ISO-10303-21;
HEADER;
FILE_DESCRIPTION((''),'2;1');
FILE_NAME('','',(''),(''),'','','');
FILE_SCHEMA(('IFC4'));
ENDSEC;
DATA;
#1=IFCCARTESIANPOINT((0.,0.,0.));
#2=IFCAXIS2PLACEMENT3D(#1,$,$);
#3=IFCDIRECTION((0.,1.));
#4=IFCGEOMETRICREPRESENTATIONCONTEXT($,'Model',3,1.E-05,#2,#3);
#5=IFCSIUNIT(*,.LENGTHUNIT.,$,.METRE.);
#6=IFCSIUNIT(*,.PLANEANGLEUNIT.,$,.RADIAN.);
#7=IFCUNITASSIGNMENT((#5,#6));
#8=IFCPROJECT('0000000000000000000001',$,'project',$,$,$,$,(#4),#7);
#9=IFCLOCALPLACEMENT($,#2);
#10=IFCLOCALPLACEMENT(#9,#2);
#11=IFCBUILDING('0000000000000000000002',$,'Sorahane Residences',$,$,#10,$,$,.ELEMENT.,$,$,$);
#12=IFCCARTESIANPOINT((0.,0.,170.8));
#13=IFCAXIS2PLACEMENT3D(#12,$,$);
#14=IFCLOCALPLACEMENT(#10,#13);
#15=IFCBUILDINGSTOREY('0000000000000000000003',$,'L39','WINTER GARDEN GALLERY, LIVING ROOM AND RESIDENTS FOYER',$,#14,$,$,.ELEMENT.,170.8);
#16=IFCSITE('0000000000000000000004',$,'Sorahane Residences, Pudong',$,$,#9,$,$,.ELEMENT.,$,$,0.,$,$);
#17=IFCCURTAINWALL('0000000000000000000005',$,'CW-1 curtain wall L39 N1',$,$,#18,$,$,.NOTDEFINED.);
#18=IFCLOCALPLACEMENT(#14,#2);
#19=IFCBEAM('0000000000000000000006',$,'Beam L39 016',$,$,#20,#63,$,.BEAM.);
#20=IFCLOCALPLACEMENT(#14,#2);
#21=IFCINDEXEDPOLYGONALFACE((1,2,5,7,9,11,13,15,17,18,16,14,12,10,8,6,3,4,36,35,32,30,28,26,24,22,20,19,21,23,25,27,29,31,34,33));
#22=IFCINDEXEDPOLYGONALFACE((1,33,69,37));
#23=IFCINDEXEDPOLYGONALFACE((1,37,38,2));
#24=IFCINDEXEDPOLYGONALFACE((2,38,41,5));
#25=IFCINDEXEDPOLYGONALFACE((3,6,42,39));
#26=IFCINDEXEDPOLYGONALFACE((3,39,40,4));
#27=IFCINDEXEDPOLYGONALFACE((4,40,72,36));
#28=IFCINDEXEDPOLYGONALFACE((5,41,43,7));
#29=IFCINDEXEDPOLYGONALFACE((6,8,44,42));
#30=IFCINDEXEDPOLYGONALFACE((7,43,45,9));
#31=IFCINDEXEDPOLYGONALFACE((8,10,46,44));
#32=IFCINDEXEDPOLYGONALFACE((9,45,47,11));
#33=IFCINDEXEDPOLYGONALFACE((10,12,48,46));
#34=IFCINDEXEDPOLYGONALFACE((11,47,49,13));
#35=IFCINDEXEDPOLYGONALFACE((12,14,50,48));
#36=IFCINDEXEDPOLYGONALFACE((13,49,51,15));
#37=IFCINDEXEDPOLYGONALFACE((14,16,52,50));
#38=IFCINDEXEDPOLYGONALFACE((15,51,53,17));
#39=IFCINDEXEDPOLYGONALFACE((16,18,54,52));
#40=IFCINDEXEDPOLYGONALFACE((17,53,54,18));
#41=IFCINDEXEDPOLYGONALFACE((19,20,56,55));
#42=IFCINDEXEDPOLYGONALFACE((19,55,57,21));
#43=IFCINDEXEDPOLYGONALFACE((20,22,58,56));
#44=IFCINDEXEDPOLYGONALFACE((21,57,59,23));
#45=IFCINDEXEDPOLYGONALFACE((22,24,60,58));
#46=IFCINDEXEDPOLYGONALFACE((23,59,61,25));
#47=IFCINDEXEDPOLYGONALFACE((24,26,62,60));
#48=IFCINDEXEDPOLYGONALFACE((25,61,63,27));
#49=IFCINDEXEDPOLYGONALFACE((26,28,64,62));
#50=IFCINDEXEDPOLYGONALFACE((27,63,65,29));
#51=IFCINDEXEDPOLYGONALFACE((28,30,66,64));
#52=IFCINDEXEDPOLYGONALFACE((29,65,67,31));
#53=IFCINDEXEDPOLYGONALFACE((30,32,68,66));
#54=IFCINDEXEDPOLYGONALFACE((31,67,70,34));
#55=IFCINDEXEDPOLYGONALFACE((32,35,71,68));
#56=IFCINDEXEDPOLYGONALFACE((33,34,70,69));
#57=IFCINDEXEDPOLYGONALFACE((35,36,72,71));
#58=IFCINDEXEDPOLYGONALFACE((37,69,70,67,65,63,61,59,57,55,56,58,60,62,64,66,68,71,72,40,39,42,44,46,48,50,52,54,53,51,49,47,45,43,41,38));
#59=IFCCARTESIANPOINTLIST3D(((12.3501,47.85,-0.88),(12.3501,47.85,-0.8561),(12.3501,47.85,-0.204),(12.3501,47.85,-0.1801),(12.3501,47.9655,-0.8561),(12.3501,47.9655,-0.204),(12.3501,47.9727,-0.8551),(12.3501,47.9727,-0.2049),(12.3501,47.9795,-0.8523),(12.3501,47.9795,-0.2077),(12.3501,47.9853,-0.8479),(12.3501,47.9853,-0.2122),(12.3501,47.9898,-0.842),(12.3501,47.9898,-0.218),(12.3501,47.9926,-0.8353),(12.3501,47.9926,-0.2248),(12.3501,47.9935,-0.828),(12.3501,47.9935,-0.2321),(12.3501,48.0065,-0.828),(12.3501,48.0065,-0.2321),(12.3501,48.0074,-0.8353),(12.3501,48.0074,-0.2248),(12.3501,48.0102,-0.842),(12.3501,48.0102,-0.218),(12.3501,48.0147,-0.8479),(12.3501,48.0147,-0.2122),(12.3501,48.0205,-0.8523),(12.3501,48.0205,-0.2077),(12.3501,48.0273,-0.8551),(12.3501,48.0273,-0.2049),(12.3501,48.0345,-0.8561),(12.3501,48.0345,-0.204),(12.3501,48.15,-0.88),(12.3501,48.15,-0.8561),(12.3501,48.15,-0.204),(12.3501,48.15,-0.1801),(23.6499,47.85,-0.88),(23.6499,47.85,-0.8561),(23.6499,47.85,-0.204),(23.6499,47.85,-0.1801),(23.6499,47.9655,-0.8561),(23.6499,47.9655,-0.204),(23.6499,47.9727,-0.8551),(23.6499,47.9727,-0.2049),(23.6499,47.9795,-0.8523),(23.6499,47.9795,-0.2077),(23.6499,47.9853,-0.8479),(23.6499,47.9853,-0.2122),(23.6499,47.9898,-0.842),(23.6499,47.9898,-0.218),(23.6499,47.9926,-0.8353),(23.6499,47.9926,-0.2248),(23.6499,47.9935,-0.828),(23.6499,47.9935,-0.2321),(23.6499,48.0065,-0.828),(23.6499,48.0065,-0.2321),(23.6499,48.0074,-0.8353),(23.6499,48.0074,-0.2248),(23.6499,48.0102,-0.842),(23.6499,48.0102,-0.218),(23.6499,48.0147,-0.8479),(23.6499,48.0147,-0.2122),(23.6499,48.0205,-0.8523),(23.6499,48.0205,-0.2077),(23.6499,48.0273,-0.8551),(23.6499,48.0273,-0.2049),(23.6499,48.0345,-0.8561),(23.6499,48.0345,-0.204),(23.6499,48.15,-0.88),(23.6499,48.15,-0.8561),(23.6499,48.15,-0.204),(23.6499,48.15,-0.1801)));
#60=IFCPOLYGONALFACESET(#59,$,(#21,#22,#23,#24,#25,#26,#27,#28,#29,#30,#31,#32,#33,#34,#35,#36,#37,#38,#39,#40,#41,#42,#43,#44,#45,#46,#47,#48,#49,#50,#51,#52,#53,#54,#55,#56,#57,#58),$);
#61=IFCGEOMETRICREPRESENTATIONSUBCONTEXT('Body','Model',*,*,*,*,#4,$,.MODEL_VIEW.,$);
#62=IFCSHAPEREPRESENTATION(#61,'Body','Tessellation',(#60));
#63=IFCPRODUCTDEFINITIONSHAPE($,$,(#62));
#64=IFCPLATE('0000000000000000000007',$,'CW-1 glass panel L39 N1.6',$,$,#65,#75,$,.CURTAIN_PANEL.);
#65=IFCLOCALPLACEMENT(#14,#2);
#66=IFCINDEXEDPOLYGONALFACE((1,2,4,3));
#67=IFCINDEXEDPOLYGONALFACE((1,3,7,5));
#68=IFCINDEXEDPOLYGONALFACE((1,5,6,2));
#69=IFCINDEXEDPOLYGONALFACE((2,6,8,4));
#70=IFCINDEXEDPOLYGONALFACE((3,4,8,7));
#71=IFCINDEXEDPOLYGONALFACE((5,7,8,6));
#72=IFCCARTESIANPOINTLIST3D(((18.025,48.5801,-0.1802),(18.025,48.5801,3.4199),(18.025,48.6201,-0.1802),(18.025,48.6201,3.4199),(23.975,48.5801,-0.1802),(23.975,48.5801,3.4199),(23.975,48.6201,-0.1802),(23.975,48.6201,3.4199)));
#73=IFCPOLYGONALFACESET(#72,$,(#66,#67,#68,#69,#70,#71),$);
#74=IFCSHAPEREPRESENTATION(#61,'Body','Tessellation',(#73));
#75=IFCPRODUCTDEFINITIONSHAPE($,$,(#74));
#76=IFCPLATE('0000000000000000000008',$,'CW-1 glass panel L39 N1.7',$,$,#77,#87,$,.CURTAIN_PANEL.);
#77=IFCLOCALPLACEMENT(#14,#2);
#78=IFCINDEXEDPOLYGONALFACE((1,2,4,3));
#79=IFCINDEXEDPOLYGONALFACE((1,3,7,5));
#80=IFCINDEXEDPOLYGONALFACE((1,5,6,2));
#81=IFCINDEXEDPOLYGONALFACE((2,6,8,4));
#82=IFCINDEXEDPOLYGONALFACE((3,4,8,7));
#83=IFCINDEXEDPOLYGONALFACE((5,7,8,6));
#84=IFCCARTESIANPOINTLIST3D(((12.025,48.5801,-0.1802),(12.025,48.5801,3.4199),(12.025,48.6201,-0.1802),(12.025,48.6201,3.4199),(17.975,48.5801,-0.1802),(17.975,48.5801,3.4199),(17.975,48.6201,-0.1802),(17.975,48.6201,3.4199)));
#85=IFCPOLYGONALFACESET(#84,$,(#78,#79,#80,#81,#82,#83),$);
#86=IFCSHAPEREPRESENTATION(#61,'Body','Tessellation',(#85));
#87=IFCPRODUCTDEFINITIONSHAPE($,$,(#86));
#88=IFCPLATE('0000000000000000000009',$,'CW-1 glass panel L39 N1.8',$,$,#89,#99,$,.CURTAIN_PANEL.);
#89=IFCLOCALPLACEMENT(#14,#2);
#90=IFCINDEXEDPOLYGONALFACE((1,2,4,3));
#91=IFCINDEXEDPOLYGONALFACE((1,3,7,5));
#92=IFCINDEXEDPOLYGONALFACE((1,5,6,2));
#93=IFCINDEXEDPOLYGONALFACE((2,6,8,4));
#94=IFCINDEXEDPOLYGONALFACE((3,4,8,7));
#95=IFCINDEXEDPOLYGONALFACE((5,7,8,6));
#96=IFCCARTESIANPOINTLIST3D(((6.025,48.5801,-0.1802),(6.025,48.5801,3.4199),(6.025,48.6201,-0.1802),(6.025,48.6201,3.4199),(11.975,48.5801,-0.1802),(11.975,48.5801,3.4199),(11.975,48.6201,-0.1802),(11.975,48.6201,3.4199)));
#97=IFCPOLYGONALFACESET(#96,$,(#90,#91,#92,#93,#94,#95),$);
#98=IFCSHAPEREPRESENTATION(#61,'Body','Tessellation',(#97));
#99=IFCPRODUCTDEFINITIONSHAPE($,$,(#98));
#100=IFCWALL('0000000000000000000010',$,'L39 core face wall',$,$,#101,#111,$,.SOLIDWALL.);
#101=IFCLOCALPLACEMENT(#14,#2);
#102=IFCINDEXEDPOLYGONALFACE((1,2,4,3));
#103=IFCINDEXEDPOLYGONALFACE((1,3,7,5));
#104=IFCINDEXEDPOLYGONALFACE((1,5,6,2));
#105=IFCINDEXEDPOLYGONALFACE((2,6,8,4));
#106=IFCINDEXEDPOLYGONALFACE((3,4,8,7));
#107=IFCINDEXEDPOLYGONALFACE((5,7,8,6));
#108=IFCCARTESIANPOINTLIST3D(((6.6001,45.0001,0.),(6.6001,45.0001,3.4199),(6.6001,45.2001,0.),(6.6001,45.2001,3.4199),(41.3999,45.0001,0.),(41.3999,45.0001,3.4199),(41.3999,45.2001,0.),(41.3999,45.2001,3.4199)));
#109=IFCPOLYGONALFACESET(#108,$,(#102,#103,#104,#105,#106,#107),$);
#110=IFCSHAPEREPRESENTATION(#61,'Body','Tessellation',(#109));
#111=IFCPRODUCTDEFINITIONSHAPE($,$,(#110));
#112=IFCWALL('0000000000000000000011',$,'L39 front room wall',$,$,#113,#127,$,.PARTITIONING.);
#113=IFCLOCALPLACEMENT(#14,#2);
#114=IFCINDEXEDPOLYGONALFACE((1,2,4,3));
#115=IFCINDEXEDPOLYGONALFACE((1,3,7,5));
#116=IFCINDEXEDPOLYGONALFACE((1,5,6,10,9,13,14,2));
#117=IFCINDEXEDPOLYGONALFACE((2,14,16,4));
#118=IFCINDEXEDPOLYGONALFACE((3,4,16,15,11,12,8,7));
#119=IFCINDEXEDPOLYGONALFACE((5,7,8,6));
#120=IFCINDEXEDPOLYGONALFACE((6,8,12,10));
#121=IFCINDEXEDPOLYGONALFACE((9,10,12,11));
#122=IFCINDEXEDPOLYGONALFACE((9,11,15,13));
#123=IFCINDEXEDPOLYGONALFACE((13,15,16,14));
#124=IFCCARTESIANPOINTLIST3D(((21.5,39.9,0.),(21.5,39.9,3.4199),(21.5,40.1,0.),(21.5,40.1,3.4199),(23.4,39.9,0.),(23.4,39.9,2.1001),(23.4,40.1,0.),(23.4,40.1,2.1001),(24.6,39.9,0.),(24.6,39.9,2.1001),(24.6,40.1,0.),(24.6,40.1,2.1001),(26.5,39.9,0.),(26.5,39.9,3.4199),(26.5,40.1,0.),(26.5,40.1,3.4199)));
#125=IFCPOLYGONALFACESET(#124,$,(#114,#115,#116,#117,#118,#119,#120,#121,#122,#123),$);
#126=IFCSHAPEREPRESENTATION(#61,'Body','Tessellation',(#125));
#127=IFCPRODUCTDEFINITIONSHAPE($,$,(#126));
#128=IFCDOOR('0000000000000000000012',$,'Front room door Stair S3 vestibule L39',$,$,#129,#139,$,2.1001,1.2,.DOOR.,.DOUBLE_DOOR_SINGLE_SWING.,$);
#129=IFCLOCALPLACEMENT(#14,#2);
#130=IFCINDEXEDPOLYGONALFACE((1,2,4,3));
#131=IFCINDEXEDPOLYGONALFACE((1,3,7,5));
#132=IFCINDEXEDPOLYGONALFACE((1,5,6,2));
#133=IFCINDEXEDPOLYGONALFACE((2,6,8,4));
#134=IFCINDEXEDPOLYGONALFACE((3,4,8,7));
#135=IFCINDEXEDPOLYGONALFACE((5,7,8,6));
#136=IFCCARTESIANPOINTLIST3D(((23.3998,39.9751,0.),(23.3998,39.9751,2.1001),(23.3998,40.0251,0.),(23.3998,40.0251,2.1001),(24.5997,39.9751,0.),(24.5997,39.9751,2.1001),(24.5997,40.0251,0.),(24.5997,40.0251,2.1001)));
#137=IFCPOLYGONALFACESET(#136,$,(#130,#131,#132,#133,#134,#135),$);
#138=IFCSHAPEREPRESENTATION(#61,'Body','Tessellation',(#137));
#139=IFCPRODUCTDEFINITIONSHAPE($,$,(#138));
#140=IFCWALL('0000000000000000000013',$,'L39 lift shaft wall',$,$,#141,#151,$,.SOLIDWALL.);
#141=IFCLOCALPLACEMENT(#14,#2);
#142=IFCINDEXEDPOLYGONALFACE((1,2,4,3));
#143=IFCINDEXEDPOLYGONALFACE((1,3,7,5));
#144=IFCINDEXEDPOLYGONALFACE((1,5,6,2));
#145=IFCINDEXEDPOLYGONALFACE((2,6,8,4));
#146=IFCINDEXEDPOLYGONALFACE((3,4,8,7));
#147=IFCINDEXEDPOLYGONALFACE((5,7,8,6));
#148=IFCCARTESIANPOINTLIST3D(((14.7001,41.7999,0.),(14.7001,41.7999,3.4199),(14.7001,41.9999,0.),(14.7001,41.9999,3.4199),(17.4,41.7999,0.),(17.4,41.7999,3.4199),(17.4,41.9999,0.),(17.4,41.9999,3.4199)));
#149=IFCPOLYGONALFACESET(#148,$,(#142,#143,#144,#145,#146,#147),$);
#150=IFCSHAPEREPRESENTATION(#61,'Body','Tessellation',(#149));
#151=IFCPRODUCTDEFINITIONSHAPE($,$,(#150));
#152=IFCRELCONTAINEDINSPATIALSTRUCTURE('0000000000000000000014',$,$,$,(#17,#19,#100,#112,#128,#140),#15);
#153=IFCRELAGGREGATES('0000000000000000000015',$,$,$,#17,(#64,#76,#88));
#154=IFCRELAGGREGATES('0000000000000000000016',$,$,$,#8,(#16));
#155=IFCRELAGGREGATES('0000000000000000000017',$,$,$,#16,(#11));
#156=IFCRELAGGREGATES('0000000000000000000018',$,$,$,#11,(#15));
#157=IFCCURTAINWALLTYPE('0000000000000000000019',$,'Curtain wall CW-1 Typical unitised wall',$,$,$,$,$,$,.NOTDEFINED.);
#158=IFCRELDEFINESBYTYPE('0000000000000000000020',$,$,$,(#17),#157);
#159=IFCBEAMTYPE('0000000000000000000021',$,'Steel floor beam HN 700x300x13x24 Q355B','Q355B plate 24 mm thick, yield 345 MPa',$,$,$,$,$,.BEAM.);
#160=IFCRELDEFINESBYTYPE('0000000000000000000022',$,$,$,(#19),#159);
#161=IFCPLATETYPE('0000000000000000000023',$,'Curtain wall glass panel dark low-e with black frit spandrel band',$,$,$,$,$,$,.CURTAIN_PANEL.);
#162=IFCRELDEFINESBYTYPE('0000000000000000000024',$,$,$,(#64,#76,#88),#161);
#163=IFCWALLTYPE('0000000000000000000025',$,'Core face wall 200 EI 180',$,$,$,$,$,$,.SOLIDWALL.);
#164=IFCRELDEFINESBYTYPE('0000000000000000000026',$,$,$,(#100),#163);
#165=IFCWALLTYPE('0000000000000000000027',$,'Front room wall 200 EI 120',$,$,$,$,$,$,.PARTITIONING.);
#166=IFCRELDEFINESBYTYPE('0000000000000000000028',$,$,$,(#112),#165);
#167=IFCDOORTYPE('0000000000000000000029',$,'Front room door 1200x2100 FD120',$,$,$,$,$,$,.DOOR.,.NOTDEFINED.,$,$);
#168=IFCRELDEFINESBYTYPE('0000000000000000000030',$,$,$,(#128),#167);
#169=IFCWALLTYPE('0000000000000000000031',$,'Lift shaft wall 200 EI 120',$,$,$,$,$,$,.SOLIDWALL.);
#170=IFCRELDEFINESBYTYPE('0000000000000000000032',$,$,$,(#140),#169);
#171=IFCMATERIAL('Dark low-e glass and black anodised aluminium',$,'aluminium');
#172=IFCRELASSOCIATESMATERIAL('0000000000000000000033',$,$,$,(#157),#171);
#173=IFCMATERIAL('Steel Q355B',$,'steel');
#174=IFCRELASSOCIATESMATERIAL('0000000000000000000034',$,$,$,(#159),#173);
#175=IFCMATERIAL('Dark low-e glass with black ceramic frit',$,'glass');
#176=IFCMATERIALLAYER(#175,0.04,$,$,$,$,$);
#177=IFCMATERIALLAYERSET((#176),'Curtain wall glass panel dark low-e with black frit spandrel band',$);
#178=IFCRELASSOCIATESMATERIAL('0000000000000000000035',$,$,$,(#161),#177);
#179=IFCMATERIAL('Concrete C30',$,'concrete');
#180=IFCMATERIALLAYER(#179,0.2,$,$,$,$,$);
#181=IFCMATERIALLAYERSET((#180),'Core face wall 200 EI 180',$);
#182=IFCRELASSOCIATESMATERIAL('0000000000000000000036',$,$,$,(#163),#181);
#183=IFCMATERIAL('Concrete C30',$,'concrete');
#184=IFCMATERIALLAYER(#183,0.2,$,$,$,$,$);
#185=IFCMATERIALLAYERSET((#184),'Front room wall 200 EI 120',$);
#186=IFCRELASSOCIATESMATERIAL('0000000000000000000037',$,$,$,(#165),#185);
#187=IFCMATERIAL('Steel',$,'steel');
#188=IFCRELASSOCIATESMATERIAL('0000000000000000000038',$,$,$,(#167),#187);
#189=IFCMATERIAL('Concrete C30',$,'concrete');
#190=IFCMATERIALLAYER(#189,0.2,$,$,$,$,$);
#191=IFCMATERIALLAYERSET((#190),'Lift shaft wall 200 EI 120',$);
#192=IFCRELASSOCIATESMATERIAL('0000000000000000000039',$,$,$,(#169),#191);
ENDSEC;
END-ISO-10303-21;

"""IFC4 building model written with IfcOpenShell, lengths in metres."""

from ifc_helpers import new_model, si_unit, direction, frame, frame_2d, origin, origin_2d, place, context, subcontext, project, spatial, rectangle, i_section, extrude, material, layer, layer_set, material_profile, profile_set, type_object, element, fill, aggregate, save


model = new_model("IFC4")

# Units and contexts
model_context = context("Model", 3, precision=1e-05, world=origin(), true_north=direction((0.0, 1.0)))
body_context = subcontext(model_context, "Body", "Model", "MODEL_VIEW")
ifc_project = project(units=[si_unit("LENGTHUNIT", "METRE"), si_unit("PLANEANGLEUNIT", "RADIAN")], contexts=[model_context])

# Site, building, storey
site_placement = place(None, origin())
site = spatial("IfcSite", under=ifc_project, at=site_placement, Name="Sorahane Residences, Pudong", CompositionType="ELEMENT", RefElevation=0.0)
building_placement = place(site_placement, origin())
building = spatial("IfcBuilding", under=site, at=building_placement, Name="Sorahane Residences", CompositionType="ELEMENT")
storey_placement = place(building_placement, frame((0.0, 0.0, 170.8)))
storey = spatial("IfcBuildingStorey", under=building, at=storey_placement, Name="L39", Description="WINTER GARDEN GALLERY, LIVING ROOM AND RESIDENTS FOYER", CompositionType="ELEMENT", Elevation=170.8)

# Curtain wall
ifc_material_1 = material(Name="Dark low-e glass and black anodised aluminium", Category="aluminium")
curtain_wall_type = type_object("IfcCurtainWallType", Name="Curtain wall CW-1 Typical unitised wall", PredefinedType="NOTDEFINED", material=ifc_material_1)
curtain_wall_placement = place(storey_placement, origin())
curtain_wall = element("IfcCurtainWall", 1, at=curtain_wall_placement, inside=storey, type_object=curtain_wall_type, Name="CW-1 curtain wall L39 N1", PredefinedType="NOTDEFINED")

# Beam
ifc_material_2 = material(Name="Steel Q355B", Category="steel")
ifc_material_profile_1 = material_profile(ifc_material_2, i_section(OverallWidth=0.3, OverallDepth=0.7, WebThickness=0.0129, FlangeThickness=0.0239, FilletRadius=0.0281, at=origin_2d()), Name="HN 700x300x13x24")
ifc_profile_set_1 = profile_set([ifc_material_profile_1], Name="Steel Q355B")
beam_type_1 = type_object("IfcBeamType", Name="Steel floor beam HN 700x300x13x24 Q355B", Description="Q355B plate 24 mm thick, yield 345 MPa", PredefinedType="BEAM", material=ifc_profile_set_1)
beam_1_placement = place(storey_placement, frame((12.3501, 48.0, -0.53), z_axis=(1.0, 0.0, 0.0), x_axis=(0.0, 1.0, 0.0)))
element("IfcBeam", 2, at=beam_1_placement, inside=storey, type_object=beam_type_1, Name="Beam L39 016", PredefinedType="BEAM", context=body_context, shape_type="SweptSolid", body=[
    extrude(i_section(OverallWidth=0.3, OverallDepth=0.7, WebThickness=0.0129, FlangeThickness=0.0239, FilletRadius=0.0281, at=origin_2d()), origin(), (0.0, 0.0, 1.0), 11.2998),
])

# Plates
ifc_material_3 = material(Name="Dark low-e glass with black ceramic frit", Category="glass")
ifc_layer_1 = layer(ifc_material_3, 0.04)
ifc_layer_set_1 = layer_set([ifc_layer_1], Name="Curtain wall glass panel dark low-e with black frit spandrel band")
plate_type = type_object("IfcPlateType", Name="Curtain wall glass panel dark low-e with black frit spandrel band", PredefinedType="CURTAIN_PANEL", material=ifc_layer_set_1)
plate_1_placement = place(storey_placement, frame((21.0, 48.6001, -0.1802), z_axis=(0.0, 0.0, 1.0), x_axis=(-1.0, 0.0, 0.0)))
plate_1 = element("IfcPlate", 3, at=plate_1_placement, type_object=plate_type, Name="CW-1 glass panel L39 N1.6", PredefinedType="CURTAIN_PANEL", context=body_context, shape_type="SweptSolid", body=[
    extrude(rectangle(XDim=5.95, YDim=0.04, at=origin_2d()), origin(), (0.0, 0.0, 1.0), 3.6001),
])
plate_2_placement = place(storey_placement, frame((15.0, 48.6001, -0.1802), z_axis=(0.0, 0.0, 1.0), x_axis=(-1.0, 0.0, 0.0)))
plate_2 = element("IfcPlate", 4, at=plate_2_placement, type_object=plate_type, Name="CW-1 glass panel L39 N1.7", PredefinedType="CURTAIN_PANEL", context=body_context, shape_type="SweptSolid", body=[
    extrude(rectangle(XDim=5.95, YDim=0.04, at=origin_2d()), origin(), (0.0, 0.0, 1.0), 3.6001),
])
plate_3_placement = place(storey_placement, frame((9.0, 48.6001, -0.1802), z_axis=(0.0, 0.0, 1.0), x_axis=(-1.0, 0.0, 0.0)))
plate_3 = element("IfcPlate", 5, at=plate_3_placement, type_object=plate_type, Name="CW-1 glass panel L39 N1.8", PredefinedType="CURTAIN_PANEL", context=body_context, shape_type="SweptSolid", body=[
    extrude(rectangle(XDim=5.95, YDim=0.04, at=origin_2d()), origin(), (0.0, 0.0, 1.0), 3.6001),
])
aggregate(curtain_wall, [plate_1, plate_2, plate_3])

# Wall
ifc_material_4 = material(Name="Concrete C30", Category="concrete")
ifc_layer_2 = layer(ifc_material_4, 0.2)
ifc_layer_set_2 = layer_set([ifc_layer_2], Name="Core face wall 200 EI 180")
wall_type_1 = type_object("IfcWallType", Name="Core face wall 200 EI 180", PredefinedType="SOLIDWALL", material=ifc_layer_set_2)
wall_1_placement = place(storey_placement, frame((6.6001, 45.1001, 0.0), z_axis=(0.0, 0.0, 1.0), x_axis=(1.0, 0.0, 0.0)))
element("IfcWall", 6, at=wall_1_placement, inside=storey, type_object=wall_type_1, Name="L39 core face wall", PredefinedType="SOLIDWALL", context=body_context, shape_type="SweptSolid", body=[
    extrude(rectangle(XDim=34.7998, YDim=0.2, at=frame_2d((17.3999, 0.0))), origin(), (0.0, 0.0, 1.0), 3.4199),
])

# Wall, opening, door
ifc_material_5 = material(Name="Concrete C30", Category="concrete")
ifc_layer_3 = layer(ifc_material_5, 0.2)
ifc_layer_set_3 = layer_set([ifc_layer_3], Name="Front room wall 200 EI 120")
wall_type_2 = type_object("IfcWallType", Name="Front room wall 200 EI 120", PredefinedType="PARTITIONING", material=ifc_layer_set_3)
wall_2_placement = place(storey_placement, frame((21.5, 40.0, 0.0), z_axis=(0.0, 0.0, 1.0), x_axis=(1.0, 0.0, 0.0)))
wall_2 = element("IfcWall", 7, at=wall_2_placement, inside=storey, type_object=wall_type_2, Name="L39 front room wall", PredefinedType="PARTITIONING", context=body_context, shape_type="SweptSolid", body=[
    extrude(rectangle(XDim=5.0, YDim=0.2, at=frame_2d((2.5, 0.0))), origin(), (0.0, 0.0, 1.0), 3.4199),
])
opening_placement = place(wall_2_placement, frame((1.8999, 0.0, 0.0)))
opening = element("IfcOpeningElement", 8, at=opening_placement, cuts=wall_2, PredefinedType="OPENING", context=body_context, shape_type="SweptSolid", body=[
    extrude(rectangle(XDim=1.2, YDim=2.1001, at=frame_2d((0.6001, 1.05))), frame((0.0, 0.1099, 0.0), z_axis=(0.0, -1.0, 0.0), x_axis=(1.0, 0.0, 0.0)), (0.0, 0.0, 1.0), 0.22),
])
ifc_material_6 = material(Name="Steel", Category="steel")
door_type = type_object("IfcDoorType", Name="Front room door 1200x2100 FD120", OperationType="NOTDEFINED", PredefinedType="DOOR", material=ifc_material_6)
door_placement = place(opening_placement, frame((1.2, 0.0, 0.0), z_axis=(0.0, 0.0, 1.0), x_axis=(-1.0, 0.0, 0.0)))
door = element("IfcDoor", 9, at=door_placement, inside=storey, type_object=door_type, Name="Front room door Stair S3 vestibule L39", OperationType="DOUBLE_DOOR_SINGLE_SWING", OverallHeight=2.1001, OverallWidth=1.2, PredefinedType="DOOR", context=body_context, shape_type="SweptSolid", body=[
    extrude(rectangle(XDim=1.2, YDim=2.1001, at=frame_2d((0.6001, 1.05))), frame((0.0, 0.0249, 0.0), z_axis=(0.0, -1.0, 0.0), x_axis=(1.0, 0.0, 0.0)), (0.0, 0.0, 1.0), 0.05),
])
fill(opening, door)

# Wall
ifc_material_7 = material(Name="Concrete C30", Category="concrete")
ifc_layer_4 = layer(ifc_material_7, 0.2)
ifc_layer_set_4 = layer_set([ifc_layer_4], Name="Lift shaft wall 200 EI 120")
wall_type_3 = type_object("IfcWallType", Name="Lift shaft wall 200 EI 120", PredefinedType="SOLIDWALL", material=ifc_layer_set_4)
wall_3_placement = place(storey_placement, frame((14.7, 41.8999, 0.0), z_axis=(0.0, 0.0, 1.0), x_axis=(1.0, 0.0, 0.0)))
element("IfcWall", 10, at=wall_3_placement, inside=storey, type_object=wall_type_3, Name="L39 lift shaft wall", PredefinedType="SOLIDWALL", context=body_context, shape_type="SweptSolid", body=[
    extrude(rectangle(XDim=2.7, YDim=0.2, at=frame_2d((1.3501, 0.0))), origin(), (0.0, 0.0, 1.0), 3.4199),
])

save(model, "model.ifc")
